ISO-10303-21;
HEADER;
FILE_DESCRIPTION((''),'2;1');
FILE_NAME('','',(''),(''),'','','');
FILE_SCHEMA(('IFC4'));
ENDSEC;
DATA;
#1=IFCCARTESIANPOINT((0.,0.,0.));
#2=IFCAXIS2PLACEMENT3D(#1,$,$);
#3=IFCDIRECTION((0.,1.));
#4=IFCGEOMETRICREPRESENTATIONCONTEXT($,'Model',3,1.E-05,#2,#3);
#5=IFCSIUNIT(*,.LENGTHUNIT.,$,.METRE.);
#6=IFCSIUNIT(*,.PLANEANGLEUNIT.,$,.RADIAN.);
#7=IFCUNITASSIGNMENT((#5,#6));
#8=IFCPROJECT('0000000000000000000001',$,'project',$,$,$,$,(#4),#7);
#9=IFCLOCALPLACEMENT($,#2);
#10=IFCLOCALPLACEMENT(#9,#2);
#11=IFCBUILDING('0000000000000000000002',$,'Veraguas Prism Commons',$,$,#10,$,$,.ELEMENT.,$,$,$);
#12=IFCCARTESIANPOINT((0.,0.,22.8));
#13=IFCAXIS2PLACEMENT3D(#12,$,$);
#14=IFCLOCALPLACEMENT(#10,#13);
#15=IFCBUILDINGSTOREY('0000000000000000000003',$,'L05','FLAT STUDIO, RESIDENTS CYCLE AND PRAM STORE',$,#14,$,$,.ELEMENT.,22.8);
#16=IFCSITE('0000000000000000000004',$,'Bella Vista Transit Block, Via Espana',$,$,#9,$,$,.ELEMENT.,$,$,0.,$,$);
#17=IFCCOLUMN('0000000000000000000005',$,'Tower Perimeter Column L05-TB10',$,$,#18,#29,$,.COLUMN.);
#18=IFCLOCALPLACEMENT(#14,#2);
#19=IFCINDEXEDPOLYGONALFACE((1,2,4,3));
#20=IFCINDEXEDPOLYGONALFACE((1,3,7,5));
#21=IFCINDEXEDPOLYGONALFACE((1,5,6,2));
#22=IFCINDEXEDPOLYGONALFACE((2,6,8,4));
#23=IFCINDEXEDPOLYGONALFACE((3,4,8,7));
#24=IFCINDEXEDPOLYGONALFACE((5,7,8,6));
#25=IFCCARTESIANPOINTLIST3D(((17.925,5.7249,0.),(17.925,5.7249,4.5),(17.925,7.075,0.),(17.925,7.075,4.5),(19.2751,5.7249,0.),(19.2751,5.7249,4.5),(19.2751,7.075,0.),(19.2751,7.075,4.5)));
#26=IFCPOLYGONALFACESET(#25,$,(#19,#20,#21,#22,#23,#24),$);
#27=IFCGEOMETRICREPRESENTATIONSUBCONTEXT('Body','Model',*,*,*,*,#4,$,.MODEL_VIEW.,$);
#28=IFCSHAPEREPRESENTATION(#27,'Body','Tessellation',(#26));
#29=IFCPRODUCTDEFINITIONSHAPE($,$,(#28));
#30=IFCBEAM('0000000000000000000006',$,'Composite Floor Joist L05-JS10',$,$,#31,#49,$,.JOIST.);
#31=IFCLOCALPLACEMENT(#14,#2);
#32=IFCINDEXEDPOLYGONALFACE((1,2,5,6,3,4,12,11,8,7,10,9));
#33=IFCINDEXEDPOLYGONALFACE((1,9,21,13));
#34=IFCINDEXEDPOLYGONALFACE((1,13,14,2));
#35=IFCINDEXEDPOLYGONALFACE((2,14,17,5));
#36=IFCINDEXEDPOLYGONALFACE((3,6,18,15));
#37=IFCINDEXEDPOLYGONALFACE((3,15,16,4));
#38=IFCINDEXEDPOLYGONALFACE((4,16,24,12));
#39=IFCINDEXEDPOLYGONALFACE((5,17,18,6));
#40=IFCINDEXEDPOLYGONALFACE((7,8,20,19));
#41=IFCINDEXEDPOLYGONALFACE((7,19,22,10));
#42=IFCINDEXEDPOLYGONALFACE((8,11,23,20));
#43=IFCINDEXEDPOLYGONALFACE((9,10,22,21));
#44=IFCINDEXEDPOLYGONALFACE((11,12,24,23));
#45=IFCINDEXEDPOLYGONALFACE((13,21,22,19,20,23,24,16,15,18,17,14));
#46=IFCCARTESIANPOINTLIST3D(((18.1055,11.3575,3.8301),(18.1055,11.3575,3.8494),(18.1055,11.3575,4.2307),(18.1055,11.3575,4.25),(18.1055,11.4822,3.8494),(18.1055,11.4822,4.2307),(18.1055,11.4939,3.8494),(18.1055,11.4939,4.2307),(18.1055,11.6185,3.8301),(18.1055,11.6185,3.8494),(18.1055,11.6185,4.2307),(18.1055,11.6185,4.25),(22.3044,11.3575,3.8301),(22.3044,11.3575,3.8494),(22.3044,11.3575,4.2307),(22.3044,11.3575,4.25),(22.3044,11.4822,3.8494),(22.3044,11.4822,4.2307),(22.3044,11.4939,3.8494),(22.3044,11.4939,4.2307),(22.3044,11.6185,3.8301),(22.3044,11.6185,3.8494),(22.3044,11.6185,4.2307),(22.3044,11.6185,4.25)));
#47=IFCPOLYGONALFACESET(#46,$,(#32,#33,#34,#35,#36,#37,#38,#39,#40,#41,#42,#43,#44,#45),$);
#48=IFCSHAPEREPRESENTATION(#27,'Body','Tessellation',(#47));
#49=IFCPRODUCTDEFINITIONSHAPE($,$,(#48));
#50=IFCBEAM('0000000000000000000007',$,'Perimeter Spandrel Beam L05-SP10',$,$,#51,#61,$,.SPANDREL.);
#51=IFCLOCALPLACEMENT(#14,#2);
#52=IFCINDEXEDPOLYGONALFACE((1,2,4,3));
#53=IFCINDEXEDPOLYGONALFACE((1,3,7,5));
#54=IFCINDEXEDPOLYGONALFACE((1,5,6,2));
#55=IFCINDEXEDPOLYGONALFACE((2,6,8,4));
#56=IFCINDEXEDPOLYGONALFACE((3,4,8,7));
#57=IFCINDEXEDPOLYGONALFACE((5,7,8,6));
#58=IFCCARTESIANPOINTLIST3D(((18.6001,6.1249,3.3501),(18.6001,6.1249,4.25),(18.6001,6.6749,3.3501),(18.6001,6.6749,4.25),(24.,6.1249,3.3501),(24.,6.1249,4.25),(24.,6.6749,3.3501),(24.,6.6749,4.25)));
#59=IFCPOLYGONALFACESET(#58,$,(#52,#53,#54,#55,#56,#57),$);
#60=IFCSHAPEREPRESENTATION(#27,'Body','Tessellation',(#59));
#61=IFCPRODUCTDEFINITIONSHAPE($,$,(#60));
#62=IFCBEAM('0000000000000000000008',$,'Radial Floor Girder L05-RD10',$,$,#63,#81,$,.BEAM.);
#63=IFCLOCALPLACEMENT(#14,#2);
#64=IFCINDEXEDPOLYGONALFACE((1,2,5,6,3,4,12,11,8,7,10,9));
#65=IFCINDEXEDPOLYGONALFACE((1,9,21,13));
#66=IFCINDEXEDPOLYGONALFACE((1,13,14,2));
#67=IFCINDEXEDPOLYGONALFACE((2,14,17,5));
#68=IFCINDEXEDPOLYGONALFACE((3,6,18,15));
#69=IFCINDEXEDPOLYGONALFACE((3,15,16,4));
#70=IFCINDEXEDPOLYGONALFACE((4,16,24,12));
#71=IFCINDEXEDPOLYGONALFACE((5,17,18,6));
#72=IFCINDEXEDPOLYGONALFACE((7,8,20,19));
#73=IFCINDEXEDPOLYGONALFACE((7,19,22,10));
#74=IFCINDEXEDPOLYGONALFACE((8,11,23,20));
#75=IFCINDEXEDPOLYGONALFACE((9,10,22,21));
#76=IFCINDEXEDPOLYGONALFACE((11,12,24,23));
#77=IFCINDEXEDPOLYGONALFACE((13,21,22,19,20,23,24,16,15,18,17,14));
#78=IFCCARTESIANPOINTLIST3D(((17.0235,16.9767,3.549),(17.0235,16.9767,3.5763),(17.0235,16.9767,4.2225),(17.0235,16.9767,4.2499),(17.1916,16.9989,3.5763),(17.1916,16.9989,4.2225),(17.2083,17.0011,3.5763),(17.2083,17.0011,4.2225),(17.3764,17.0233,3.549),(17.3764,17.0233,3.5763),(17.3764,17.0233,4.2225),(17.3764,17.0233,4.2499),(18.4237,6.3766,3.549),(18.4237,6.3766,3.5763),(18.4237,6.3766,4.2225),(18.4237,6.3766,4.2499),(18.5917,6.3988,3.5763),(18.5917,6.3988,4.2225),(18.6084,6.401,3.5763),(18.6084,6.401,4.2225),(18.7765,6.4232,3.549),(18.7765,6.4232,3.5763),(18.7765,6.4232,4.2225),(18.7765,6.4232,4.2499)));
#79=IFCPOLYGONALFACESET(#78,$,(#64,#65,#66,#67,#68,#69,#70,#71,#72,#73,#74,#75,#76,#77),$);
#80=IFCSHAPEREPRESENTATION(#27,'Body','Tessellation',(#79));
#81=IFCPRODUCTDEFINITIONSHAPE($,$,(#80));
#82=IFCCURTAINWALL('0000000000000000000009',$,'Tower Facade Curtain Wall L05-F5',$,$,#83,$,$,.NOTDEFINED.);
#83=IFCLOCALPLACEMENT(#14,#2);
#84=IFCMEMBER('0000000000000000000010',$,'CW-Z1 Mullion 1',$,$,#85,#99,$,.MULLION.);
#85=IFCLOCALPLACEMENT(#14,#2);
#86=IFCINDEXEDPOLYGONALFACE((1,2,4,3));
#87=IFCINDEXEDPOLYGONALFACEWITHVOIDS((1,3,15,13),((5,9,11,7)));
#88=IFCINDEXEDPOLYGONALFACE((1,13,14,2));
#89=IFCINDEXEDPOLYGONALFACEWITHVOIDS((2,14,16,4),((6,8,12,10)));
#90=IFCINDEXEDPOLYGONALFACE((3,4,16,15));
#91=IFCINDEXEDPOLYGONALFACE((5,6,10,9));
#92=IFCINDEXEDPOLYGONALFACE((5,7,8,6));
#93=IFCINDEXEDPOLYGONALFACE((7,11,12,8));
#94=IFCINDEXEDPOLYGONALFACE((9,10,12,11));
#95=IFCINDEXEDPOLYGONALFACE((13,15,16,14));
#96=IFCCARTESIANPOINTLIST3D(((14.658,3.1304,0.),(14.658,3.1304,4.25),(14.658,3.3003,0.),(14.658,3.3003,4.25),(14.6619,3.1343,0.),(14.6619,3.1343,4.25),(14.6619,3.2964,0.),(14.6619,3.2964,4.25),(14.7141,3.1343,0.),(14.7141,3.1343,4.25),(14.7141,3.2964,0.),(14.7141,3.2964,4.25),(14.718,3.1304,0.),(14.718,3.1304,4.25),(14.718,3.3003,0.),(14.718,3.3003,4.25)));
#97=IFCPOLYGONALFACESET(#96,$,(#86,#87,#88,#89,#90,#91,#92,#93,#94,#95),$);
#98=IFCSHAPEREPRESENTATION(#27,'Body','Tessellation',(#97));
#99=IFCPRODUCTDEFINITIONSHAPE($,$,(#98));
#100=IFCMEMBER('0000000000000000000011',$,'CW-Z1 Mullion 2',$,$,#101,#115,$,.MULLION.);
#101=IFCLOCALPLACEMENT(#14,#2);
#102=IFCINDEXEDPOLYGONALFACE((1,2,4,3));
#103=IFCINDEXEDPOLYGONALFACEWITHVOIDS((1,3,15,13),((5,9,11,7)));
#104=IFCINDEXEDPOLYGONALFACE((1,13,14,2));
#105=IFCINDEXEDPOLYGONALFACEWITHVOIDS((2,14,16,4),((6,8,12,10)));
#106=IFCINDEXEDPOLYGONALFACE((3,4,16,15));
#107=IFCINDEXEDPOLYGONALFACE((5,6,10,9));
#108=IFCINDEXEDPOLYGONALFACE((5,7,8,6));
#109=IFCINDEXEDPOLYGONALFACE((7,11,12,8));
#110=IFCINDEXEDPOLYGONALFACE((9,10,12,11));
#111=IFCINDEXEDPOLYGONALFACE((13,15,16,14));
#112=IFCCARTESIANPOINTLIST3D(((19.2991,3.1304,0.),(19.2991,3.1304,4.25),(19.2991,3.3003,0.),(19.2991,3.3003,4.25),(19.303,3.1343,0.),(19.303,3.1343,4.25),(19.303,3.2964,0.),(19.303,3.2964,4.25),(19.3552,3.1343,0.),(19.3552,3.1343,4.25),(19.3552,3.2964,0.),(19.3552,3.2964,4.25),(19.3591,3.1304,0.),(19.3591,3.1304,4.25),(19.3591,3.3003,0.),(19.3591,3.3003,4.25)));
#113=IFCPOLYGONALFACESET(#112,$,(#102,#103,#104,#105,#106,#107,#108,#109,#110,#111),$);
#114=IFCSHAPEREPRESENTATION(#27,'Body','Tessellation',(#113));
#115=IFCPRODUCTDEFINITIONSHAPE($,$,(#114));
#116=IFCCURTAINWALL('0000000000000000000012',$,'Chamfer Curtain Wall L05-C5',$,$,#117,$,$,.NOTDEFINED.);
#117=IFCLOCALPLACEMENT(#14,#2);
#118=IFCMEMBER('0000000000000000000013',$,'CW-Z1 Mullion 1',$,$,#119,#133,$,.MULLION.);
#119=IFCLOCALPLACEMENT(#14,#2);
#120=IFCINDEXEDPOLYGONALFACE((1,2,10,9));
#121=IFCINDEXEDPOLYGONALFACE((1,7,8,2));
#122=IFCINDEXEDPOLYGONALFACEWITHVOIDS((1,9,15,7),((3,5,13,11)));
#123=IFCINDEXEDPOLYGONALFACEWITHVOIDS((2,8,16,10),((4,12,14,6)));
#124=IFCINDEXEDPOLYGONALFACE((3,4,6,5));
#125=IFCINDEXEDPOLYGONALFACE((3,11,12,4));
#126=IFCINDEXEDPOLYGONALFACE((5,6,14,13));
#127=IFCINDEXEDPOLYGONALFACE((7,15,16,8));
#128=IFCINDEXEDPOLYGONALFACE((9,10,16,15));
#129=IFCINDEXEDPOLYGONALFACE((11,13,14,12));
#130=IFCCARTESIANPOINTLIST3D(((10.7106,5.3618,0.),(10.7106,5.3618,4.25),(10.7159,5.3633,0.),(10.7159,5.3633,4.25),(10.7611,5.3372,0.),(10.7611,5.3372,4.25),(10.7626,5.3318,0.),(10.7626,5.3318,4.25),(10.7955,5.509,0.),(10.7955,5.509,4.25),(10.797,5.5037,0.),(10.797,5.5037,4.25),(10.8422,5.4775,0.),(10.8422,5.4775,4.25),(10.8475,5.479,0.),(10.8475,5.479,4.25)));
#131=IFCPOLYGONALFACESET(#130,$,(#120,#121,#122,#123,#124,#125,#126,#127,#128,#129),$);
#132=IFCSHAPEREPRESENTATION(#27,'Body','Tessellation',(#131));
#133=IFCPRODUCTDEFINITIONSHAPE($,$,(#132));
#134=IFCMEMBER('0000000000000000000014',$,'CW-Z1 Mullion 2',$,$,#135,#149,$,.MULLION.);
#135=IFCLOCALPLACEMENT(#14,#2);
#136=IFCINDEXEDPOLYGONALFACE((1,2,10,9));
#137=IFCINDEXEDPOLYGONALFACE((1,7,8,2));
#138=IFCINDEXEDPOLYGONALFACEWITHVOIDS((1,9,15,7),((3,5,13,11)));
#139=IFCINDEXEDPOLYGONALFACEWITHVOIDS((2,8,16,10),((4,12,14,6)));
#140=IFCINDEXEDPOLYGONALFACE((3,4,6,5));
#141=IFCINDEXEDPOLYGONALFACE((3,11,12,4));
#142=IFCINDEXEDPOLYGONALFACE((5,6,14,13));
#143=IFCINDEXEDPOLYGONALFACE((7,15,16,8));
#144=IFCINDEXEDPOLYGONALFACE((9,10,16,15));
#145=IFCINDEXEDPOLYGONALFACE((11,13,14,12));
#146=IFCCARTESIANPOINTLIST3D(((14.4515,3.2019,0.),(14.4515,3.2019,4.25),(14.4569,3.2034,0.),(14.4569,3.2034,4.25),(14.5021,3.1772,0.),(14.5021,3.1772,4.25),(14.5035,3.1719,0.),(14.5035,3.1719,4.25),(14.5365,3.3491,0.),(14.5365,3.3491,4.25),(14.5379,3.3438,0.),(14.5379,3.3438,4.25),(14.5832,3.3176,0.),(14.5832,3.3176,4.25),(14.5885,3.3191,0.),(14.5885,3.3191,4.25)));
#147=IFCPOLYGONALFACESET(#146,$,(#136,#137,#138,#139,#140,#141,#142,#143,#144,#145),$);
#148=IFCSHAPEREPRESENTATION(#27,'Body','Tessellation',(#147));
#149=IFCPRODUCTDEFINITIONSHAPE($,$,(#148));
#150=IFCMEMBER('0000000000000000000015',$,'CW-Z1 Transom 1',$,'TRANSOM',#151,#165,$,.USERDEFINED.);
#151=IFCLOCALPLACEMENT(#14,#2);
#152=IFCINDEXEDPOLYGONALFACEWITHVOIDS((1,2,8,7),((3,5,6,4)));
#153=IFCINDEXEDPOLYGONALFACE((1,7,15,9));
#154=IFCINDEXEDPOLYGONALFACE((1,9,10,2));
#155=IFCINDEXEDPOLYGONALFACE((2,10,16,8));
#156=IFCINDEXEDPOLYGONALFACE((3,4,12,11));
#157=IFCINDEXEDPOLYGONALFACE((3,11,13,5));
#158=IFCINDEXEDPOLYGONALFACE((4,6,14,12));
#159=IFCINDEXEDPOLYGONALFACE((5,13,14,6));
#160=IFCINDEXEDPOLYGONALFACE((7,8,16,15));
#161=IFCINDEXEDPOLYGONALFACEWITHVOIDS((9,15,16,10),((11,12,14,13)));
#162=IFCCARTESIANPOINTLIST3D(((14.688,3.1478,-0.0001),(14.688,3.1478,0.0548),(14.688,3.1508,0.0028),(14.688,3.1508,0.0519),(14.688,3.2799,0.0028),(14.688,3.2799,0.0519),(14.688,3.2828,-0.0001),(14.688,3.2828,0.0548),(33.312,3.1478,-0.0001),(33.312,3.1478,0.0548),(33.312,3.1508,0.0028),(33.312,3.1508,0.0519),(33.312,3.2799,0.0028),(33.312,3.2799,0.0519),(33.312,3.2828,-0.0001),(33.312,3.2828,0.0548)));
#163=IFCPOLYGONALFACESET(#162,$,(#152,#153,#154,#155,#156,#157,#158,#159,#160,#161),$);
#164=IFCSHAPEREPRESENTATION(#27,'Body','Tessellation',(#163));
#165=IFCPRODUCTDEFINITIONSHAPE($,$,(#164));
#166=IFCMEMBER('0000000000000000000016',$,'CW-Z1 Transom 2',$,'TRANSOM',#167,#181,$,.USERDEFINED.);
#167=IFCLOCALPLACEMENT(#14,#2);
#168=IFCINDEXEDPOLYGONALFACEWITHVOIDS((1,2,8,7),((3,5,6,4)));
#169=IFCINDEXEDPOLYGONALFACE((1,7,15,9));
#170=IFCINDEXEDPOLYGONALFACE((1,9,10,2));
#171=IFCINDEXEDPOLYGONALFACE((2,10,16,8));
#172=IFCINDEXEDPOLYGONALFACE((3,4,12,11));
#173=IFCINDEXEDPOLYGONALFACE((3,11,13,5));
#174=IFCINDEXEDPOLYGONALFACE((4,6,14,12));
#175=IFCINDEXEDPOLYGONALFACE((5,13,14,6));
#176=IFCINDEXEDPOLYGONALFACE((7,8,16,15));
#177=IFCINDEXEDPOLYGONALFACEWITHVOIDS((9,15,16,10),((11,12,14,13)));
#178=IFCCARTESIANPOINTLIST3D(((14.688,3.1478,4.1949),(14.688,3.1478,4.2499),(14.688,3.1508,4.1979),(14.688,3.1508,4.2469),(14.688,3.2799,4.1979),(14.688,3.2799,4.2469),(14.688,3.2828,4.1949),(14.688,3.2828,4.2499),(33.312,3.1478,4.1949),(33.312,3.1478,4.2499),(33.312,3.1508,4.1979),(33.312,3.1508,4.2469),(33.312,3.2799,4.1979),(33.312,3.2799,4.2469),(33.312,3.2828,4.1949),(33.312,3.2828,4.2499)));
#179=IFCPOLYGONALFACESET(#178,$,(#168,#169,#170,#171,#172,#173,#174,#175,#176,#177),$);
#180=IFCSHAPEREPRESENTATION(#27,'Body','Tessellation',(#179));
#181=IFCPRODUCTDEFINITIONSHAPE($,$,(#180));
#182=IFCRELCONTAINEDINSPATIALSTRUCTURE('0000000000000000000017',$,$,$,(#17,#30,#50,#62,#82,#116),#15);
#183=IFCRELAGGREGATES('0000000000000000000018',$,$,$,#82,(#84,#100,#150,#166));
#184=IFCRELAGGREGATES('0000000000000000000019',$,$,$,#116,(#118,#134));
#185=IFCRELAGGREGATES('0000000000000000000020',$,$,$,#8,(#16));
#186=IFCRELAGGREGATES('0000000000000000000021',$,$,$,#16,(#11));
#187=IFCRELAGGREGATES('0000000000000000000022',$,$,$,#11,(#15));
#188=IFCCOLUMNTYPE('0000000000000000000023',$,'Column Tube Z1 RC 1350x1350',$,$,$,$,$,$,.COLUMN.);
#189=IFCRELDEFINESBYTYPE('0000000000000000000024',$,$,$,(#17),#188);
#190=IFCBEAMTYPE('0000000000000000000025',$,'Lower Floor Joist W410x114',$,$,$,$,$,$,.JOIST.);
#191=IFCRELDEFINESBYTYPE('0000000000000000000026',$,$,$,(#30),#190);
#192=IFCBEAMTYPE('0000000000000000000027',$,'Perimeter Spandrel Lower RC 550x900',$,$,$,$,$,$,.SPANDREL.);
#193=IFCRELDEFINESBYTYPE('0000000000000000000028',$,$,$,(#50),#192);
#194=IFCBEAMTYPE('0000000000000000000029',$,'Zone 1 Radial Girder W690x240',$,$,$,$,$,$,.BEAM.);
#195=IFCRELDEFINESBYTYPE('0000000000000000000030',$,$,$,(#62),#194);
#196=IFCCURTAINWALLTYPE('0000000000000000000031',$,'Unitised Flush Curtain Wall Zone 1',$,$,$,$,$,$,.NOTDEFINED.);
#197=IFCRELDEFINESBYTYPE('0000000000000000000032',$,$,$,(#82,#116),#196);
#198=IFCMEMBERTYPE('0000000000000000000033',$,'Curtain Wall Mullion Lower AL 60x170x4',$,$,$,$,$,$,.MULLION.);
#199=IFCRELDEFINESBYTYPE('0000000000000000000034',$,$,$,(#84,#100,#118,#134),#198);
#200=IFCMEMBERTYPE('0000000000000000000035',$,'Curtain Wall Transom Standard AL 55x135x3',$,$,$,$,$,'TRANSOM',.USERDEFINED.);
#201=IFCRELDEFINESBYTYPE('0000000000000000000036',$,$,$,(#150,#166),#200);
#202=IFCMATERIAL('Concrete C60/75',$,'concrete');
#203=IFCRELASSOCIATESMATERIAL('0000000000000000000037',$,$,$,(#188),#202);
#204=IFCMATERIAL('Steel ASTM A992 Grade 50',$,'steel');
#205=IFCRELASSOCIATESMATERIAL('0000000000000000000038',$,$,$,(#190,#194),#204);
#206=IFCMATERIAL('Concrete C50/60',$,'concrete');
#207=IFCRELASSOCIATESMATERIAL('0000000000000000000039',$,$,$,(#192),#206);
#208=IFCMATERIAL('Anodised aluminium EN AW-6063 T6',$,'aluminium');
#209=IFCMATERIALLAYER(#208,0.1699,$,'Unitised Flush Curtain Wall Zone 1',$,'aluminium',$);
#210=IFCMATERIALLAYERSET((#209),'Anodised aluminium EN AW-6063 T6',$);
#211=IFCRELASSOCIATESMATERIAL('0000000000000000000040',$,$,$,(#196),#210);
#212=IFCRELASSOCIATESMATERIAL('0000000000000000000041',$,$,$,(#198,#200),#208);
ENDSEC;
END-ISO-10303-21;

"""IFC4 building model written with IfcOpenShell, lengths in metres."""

from ifc_helpers import new_model, si_unit, direction, frame, origin, origin_2d, place, context, subcontext, project, spatial, rectangle, hollow_rectangle, i_section, extrude, source, transform, mapped, material, layer, layer_set, material_profile, profile_set, type_object, element, aggregate, save


model = new_model("IFC4")

# Units and contexts
model_context = context("Model", 3, precision=1e-05, world=origin(), true_north=direction((0.0, 1.0)))
body_context = subcontext(model_context, "Body", "Model", "MODEL_VIEW")
ifc_project = project(units=[si_unit("LENGTHUNIT", "METRE"), si_unit("PLANEANGLEUNIT", "RADIAN")], contexts=[model_context])

# Site, building, storey
site_placement = place(None, origin())
site = spatial("IfcSite", under=ifc_project, at=site_placement, Name="Bella Vista Transit Block, Via Espana", CompositionType="ELEMENT", RefElevation=0.0)
building_placement = place(site_placement, origin())
building = spatial("IfcBuilding", under=site, at=building_placement, Name="Veraguas Prism Commons", CompositionType="ELEMENT")
storey_placement = place(building_placement, frame((0.0, 0.0, 22.8)))
storey = spatial("IfcBuildingStorey", under=building, at=storey_placement, Name="L05", Description="FLAT STUDIO, RESIDENTS CYCLE AND PRAM STORE", CompositionType="ELEMENT", Elevation=22.8)

# Column
ifc_material_1 = material(Name="Concrete C60/75", Category="concrete")
ifc_material_profile_1 = material_profile(ifc_material_1, rectangle(XDim=1.3501, YDim=1.3501, at=origin_2d()), Name="RC1350X1350")
ifc_profile_set_1 = profile_set([ifc_material_profile_1], Name="Concrete C60/75")
column_type = type_object("IfcColumnType", Name="Column Tube Z1 RC 1350x1350", PredefinedType="COLUMN", material=ifc_profile_set_1)
column_placement = place(storey_placement, frame((18.6001, 6.3999, 0.0), z_axis=(0.0, 0.0, 1.0), x_axis=(1.0, 0.0, 0.0)))
element("IfcColumn", 1, at=column_placement, inside=storey, type_object=column_type, Name="Tower Perimeter Column L05-TB10", PredefinedType="COLUMN", context=body_context, shape_type="SweptSolid", body=[
    extrude(rectangle(XDim=1.3501, YDim=1.3501, at=origin_2d()), origin(), (0.0, 0.0, 1.0), 4.5),
])

# Beams
ifc_material_2 = material(Name="Steel ASTM A992 Grade 50", Category="steel")
ifc_material_profile_2 = material_profile(ifc_material_2, i_section(OverallWidth=0.261, OverallDepth=0.4199, WebThickness=0.0117, FlangeThickness=0.0193, at=origin_2d()), Name="W410X114")
ifc_profile_set_2 = profile_set([ifc_material_profile_2], Name="Steel ASTM A992 Grade 50")
beam_type_1 = type_object("IfcBeamType", Name="Lower Floor Joist W410x114", PredefinedType="JOIST", material=ifc_profile_set_2)
beam_1_placement = place(storey_placement, frame((18.1055, 11.488, 4.04), z_axis=(1.0, 0.0, 0.0), x_axis=(0.0, 1.0, 0.0)))
element("IfcBeam", 2, at=beam_1_placement, inside=storey, type_object=beam_type_1, Name="Composite Floor Joist L05-JS10", PredefinedType="JOIST", context=body_context, shape_type="SweptSolid", body=[
    extrude(i_section(OverallWidth=0.261, OverallDepth=0.4199, WebThickness=0.0117, FlangeThickness=0.0193, at=origin_2d()), origin(), (0.0, 0.0, 1.0), 4.199),
])
ifc_material_3 = material(Name="Concrete C50/60", Category="concrete")
ifc_material_profile_3 = material_profile(ifc_material_3, rectangle(XDim=0.55, YDim=0.8999, at=origin_2d()), Name="RC550X900")
ifc_profile_set_3 = profile_set([ifc_material_profile_3], Name="Concrete C50/60")
beam_type_2 = type_object("IfcBeamType", Name="Perimeter Spandrel Lower RC 550x900", PredefinedType="SPANDREL", material=ifc_profile_set_3)
beam_2_placement = place(storey_placement, frame((18.6001, 6.3999, 3.8), z_axis=(1.0, 0.0, 0.0), x_axis=(0.0, 1.0, 0.0)))
element("IfcBeam", 3, at=beam_2_placement, inside=storey, type_object=beam_type_2, Name="Perimeter Spandrel Beam L05-SP10", PredefinedType="SPANDREL", context=body_context, shape_type="SweptSolid", body=[
    extrude(rectangle(XDim=0.55, YDim=0.8999, at=origin_2d()), origin(), (0.0, 0.0, 1.0), 5.3999),
])
ifc_material_profile_4 = material_profile(ifc_material_2, i_section(OverallWidth=0.356, OverallDepth=0.7009, WebThickness=0.0168, FlangeThickness=0.0273, at=origin_2d()), Name="W690X240")
ifc_profile_set_4 = profile_set([ifc_material_profile_4], Name="Steel ASTM A992 Grade 50")
beam_type_3 = type_object("IfcBeamType", Name="Zone 1 Radial Girder W690x240", PredefinedType="BEAM", material=ifc_profile_set_4)
beam_3_placement = place(storey_placement, frame((18.6001, 6.3999, 3.8994), z_axis=(-0.130951, 0.991389, 0.0), x_axis=(-0.991389, -0.130951, 0.0)))
element("IfcBeam", 4, at=beam_3_placement, inside=storey, type_object=beam_type_3, Name="Radial Floor Girder L05-RD10", PredefinedType="BEAM", context=body_context, shape_type="SweptSolid", body=[
    extrude(i_section(OverallWidth=0.356, OverallDepth=0.7009, WebThickness=0.0168, FlangeThickness=0.0273, at=origin_2d()), origin(), (0.0, 0.0, 1.0), 10.6921),
])

# Curtain walls, members
ifc_material_4 = material(Name="Anodised aluminium EN AW-6063 T6", Category="aluminium")
ifc_layer_1 = layer(ifc_material_4, 0.1699, Name="Unitised Flush Curtain Wall Zone 1", Category="aluminium")
ifc_layer_set_1 = layer_set([ifc_layer_1], Name="Anodised aluminium EN AW-6063 T6")
curtain_wall_type = type_object("IfcCurtainWallType", Name="Unitised Flush Curtain Wall Zone 1", PredefinedType="NOTDEFINED", material=ifc_layer_set_1)
curtain_wall_1_placement = place(storey_placement, origin())
curtain_wall_1 = element("IfcCurtainWall", 5, at=curtain_wall_1_placement, inside=storey, type_object=curtain_wall_type, Name="Tower Facade Curtain Wall L05-F5", PredefinedType="NOTDEFINED")
ifc_material_profile_5 = material_profile(ifc_material_4, hollow_rectangle(XDim=0.0601, YDim=0.1699, WallThickness=0.0039, at=origin_2d()), Name="AL60X170X4")
ifc_profile_set_5 = profile_set([ifc_material_profile_5], Name="Anodised aluminium EN AW-6063 T6")
member_type_1 = type_object("IfcMemberType", Name="Curtain Wall Mullion Lower AL 60x170x4", PredefinedType="MULLION", material=ifc_profile_set_5)
shared_shape_1 = source(origin(), body_context, "Body", "SweptSolid", [
    extrude(hollow_rectangle(XDim=0.0601, YDim=0.1699, WallThickness=0.0039, at=origin_2d()), origin(), (0.0, 0.0, 1.0), 4.25),
])
member_1_placement = place(storey_placement, frame((14.688, 3.2153, 0.0), z_axis=(0.0, 0.0, 1.0), x_axis=(1.0, 0.0, 0.0)))
member_1 = element("IfcMember", 6, at=member_1_placement, type_object=member_type_1, Name="CW-Z1 Mullion 1", PredefinedType="MULLION", context=body_context, shape_type="MappedRepresentation", body=[
    mapped(shared_shape_1, transform((0.0, 0.0, 0.0), scale=1.0)),
])
member_2_placement = place(storey_placement, frame((19.3291, 3.2153, 0.0), z_axis=(0.0, 0.0, 1.0), x_axis=(1.0, 0.0, 0.0)))
member_2 = element("IfcMember", 7, at=member_2_placement, type_object=member_type_1, Name="CW-Z1 Mullion 2", PredefinedType="MULLION", context=body_context, shape_type="MappedRepresentation", body=[
    mapped(shared_shape_1, transform((0.0, 0.0, 0.0), scale=1.0)),
])
curtain_wall_2_placement = place(storey_placement, origin())
curtain_wall_2 = element("IfcCurtainWall", 8, at=curtain_wall_2_placement, inside=storey, type_object=curtain_wall_type, Name="Chamfer Curtain Wall L05-C5", PredefinedType="NOTDEFINED")
member_3_placement = place(storey_placement, frame((10.7791, 5.4204, 0.0), z_axis=(0.0, 0.0, 1.0), x_axis=(0.86602, -0.500009, 0.0)))
member_3 = element("IfcMember", 9, at=member_3_placement, type_object=member_type_1, Name="CW-Z1 Mullion 1", PredefinedType="MULLION", context=body_context, shape_type="MappedRepresentation", body=[
    mapped(shared_shape_1, transform((0.0, 0.0, 0.0), scale=1.0)),
])
member_4_placement = place(storey_placement, frame((14.52, 3.2605, 0.0), z_axis=(0.0, 0.0, 1.0), x_axis=(0.86602, -0.500009, 0.0)))
member_4 = element("IfcMember", 10, at=member_4_placement, type_object=member_type_1, Name="CW-Z1 Mullion 2", PredefinedType="MULLION", context=body_context, shape_type="MappedRepresentation", body=[
    mapped(shared_shape_1, transform((0.0, 0.0, 0.0), scale=1.0)),
])

# Members
ifc_material_profile_6 = material_profile(ifc_material_4, hollow_rectangle(XDim=0.0549, YDim=0.135, WallThickness=0.0029, at=origin_2d()), Name="AL55X135X3")
ifc_profile_set_6 = profile_set([ifc_material_profile_6], Name="Anodised aluminium EN AW-6063 T6")
member_type_2 = type_object("IfcMemberType", Name="Curtain Wall Transom Standard AL 55x135x3", ElementType="TRANSOM", PredefinedType="USERDEFINED", material=ifc_profile_set_6)
shared_shape_2 = source(origin(), body_context, "Body", "SweptSolid", [
    extrude(hollow_rectangle(XDim=0.0549, YDim=0.135, WallThickness=0.0029, at=origin_2d()), origin(), (0.0, 0.0, 1.0), 18.624),
])
member_5_placement = place(storey_placement, frame((14.688, 3.2153, 0.0273), z_axis=(1.0, 0.0, 0.0), x_axis=(0.0, 0.0, 1.0)))
member_5 = element("IfcMember", 11, at=member_5_placement, type_object=member_type_2, Name="CW-Z1 Transom 1", ObjectType="TRANSOM", PredefinedType="USERDEFINED", context=body_context, shape_type="MappedRepresentation", body=[
    mapped(shared_shape_2, transform((0.0, 0.0, 0.0), scale=1.0)),
])
member_6_placement = place(storey_placement, frame((14.688, 3.2153, 4.2224), z_axis=(1.0, 0.0, 0.0), x_axis=(0.0, 0.0, 1.0)))
member_6 = element("IfcMember", 12, at=member_6_placement, type_object=member_type_2, Name="CW-Z1 Transom 2", ObjectType="TRANSOM", PredefinedType="USERDEFINED", context=body_context, shape_type="MappedRepresentation", body=[
    mapped(shared_shape_2, transform((0.0, 0.0, 0.0), scale=1.0)),
])

aggregate(curtain_wall_1, [member_1, member_2, member_5, member_6])
aggregate(curtain_wall_2, [member_3, member_4])

save(model, "model.ifc")
